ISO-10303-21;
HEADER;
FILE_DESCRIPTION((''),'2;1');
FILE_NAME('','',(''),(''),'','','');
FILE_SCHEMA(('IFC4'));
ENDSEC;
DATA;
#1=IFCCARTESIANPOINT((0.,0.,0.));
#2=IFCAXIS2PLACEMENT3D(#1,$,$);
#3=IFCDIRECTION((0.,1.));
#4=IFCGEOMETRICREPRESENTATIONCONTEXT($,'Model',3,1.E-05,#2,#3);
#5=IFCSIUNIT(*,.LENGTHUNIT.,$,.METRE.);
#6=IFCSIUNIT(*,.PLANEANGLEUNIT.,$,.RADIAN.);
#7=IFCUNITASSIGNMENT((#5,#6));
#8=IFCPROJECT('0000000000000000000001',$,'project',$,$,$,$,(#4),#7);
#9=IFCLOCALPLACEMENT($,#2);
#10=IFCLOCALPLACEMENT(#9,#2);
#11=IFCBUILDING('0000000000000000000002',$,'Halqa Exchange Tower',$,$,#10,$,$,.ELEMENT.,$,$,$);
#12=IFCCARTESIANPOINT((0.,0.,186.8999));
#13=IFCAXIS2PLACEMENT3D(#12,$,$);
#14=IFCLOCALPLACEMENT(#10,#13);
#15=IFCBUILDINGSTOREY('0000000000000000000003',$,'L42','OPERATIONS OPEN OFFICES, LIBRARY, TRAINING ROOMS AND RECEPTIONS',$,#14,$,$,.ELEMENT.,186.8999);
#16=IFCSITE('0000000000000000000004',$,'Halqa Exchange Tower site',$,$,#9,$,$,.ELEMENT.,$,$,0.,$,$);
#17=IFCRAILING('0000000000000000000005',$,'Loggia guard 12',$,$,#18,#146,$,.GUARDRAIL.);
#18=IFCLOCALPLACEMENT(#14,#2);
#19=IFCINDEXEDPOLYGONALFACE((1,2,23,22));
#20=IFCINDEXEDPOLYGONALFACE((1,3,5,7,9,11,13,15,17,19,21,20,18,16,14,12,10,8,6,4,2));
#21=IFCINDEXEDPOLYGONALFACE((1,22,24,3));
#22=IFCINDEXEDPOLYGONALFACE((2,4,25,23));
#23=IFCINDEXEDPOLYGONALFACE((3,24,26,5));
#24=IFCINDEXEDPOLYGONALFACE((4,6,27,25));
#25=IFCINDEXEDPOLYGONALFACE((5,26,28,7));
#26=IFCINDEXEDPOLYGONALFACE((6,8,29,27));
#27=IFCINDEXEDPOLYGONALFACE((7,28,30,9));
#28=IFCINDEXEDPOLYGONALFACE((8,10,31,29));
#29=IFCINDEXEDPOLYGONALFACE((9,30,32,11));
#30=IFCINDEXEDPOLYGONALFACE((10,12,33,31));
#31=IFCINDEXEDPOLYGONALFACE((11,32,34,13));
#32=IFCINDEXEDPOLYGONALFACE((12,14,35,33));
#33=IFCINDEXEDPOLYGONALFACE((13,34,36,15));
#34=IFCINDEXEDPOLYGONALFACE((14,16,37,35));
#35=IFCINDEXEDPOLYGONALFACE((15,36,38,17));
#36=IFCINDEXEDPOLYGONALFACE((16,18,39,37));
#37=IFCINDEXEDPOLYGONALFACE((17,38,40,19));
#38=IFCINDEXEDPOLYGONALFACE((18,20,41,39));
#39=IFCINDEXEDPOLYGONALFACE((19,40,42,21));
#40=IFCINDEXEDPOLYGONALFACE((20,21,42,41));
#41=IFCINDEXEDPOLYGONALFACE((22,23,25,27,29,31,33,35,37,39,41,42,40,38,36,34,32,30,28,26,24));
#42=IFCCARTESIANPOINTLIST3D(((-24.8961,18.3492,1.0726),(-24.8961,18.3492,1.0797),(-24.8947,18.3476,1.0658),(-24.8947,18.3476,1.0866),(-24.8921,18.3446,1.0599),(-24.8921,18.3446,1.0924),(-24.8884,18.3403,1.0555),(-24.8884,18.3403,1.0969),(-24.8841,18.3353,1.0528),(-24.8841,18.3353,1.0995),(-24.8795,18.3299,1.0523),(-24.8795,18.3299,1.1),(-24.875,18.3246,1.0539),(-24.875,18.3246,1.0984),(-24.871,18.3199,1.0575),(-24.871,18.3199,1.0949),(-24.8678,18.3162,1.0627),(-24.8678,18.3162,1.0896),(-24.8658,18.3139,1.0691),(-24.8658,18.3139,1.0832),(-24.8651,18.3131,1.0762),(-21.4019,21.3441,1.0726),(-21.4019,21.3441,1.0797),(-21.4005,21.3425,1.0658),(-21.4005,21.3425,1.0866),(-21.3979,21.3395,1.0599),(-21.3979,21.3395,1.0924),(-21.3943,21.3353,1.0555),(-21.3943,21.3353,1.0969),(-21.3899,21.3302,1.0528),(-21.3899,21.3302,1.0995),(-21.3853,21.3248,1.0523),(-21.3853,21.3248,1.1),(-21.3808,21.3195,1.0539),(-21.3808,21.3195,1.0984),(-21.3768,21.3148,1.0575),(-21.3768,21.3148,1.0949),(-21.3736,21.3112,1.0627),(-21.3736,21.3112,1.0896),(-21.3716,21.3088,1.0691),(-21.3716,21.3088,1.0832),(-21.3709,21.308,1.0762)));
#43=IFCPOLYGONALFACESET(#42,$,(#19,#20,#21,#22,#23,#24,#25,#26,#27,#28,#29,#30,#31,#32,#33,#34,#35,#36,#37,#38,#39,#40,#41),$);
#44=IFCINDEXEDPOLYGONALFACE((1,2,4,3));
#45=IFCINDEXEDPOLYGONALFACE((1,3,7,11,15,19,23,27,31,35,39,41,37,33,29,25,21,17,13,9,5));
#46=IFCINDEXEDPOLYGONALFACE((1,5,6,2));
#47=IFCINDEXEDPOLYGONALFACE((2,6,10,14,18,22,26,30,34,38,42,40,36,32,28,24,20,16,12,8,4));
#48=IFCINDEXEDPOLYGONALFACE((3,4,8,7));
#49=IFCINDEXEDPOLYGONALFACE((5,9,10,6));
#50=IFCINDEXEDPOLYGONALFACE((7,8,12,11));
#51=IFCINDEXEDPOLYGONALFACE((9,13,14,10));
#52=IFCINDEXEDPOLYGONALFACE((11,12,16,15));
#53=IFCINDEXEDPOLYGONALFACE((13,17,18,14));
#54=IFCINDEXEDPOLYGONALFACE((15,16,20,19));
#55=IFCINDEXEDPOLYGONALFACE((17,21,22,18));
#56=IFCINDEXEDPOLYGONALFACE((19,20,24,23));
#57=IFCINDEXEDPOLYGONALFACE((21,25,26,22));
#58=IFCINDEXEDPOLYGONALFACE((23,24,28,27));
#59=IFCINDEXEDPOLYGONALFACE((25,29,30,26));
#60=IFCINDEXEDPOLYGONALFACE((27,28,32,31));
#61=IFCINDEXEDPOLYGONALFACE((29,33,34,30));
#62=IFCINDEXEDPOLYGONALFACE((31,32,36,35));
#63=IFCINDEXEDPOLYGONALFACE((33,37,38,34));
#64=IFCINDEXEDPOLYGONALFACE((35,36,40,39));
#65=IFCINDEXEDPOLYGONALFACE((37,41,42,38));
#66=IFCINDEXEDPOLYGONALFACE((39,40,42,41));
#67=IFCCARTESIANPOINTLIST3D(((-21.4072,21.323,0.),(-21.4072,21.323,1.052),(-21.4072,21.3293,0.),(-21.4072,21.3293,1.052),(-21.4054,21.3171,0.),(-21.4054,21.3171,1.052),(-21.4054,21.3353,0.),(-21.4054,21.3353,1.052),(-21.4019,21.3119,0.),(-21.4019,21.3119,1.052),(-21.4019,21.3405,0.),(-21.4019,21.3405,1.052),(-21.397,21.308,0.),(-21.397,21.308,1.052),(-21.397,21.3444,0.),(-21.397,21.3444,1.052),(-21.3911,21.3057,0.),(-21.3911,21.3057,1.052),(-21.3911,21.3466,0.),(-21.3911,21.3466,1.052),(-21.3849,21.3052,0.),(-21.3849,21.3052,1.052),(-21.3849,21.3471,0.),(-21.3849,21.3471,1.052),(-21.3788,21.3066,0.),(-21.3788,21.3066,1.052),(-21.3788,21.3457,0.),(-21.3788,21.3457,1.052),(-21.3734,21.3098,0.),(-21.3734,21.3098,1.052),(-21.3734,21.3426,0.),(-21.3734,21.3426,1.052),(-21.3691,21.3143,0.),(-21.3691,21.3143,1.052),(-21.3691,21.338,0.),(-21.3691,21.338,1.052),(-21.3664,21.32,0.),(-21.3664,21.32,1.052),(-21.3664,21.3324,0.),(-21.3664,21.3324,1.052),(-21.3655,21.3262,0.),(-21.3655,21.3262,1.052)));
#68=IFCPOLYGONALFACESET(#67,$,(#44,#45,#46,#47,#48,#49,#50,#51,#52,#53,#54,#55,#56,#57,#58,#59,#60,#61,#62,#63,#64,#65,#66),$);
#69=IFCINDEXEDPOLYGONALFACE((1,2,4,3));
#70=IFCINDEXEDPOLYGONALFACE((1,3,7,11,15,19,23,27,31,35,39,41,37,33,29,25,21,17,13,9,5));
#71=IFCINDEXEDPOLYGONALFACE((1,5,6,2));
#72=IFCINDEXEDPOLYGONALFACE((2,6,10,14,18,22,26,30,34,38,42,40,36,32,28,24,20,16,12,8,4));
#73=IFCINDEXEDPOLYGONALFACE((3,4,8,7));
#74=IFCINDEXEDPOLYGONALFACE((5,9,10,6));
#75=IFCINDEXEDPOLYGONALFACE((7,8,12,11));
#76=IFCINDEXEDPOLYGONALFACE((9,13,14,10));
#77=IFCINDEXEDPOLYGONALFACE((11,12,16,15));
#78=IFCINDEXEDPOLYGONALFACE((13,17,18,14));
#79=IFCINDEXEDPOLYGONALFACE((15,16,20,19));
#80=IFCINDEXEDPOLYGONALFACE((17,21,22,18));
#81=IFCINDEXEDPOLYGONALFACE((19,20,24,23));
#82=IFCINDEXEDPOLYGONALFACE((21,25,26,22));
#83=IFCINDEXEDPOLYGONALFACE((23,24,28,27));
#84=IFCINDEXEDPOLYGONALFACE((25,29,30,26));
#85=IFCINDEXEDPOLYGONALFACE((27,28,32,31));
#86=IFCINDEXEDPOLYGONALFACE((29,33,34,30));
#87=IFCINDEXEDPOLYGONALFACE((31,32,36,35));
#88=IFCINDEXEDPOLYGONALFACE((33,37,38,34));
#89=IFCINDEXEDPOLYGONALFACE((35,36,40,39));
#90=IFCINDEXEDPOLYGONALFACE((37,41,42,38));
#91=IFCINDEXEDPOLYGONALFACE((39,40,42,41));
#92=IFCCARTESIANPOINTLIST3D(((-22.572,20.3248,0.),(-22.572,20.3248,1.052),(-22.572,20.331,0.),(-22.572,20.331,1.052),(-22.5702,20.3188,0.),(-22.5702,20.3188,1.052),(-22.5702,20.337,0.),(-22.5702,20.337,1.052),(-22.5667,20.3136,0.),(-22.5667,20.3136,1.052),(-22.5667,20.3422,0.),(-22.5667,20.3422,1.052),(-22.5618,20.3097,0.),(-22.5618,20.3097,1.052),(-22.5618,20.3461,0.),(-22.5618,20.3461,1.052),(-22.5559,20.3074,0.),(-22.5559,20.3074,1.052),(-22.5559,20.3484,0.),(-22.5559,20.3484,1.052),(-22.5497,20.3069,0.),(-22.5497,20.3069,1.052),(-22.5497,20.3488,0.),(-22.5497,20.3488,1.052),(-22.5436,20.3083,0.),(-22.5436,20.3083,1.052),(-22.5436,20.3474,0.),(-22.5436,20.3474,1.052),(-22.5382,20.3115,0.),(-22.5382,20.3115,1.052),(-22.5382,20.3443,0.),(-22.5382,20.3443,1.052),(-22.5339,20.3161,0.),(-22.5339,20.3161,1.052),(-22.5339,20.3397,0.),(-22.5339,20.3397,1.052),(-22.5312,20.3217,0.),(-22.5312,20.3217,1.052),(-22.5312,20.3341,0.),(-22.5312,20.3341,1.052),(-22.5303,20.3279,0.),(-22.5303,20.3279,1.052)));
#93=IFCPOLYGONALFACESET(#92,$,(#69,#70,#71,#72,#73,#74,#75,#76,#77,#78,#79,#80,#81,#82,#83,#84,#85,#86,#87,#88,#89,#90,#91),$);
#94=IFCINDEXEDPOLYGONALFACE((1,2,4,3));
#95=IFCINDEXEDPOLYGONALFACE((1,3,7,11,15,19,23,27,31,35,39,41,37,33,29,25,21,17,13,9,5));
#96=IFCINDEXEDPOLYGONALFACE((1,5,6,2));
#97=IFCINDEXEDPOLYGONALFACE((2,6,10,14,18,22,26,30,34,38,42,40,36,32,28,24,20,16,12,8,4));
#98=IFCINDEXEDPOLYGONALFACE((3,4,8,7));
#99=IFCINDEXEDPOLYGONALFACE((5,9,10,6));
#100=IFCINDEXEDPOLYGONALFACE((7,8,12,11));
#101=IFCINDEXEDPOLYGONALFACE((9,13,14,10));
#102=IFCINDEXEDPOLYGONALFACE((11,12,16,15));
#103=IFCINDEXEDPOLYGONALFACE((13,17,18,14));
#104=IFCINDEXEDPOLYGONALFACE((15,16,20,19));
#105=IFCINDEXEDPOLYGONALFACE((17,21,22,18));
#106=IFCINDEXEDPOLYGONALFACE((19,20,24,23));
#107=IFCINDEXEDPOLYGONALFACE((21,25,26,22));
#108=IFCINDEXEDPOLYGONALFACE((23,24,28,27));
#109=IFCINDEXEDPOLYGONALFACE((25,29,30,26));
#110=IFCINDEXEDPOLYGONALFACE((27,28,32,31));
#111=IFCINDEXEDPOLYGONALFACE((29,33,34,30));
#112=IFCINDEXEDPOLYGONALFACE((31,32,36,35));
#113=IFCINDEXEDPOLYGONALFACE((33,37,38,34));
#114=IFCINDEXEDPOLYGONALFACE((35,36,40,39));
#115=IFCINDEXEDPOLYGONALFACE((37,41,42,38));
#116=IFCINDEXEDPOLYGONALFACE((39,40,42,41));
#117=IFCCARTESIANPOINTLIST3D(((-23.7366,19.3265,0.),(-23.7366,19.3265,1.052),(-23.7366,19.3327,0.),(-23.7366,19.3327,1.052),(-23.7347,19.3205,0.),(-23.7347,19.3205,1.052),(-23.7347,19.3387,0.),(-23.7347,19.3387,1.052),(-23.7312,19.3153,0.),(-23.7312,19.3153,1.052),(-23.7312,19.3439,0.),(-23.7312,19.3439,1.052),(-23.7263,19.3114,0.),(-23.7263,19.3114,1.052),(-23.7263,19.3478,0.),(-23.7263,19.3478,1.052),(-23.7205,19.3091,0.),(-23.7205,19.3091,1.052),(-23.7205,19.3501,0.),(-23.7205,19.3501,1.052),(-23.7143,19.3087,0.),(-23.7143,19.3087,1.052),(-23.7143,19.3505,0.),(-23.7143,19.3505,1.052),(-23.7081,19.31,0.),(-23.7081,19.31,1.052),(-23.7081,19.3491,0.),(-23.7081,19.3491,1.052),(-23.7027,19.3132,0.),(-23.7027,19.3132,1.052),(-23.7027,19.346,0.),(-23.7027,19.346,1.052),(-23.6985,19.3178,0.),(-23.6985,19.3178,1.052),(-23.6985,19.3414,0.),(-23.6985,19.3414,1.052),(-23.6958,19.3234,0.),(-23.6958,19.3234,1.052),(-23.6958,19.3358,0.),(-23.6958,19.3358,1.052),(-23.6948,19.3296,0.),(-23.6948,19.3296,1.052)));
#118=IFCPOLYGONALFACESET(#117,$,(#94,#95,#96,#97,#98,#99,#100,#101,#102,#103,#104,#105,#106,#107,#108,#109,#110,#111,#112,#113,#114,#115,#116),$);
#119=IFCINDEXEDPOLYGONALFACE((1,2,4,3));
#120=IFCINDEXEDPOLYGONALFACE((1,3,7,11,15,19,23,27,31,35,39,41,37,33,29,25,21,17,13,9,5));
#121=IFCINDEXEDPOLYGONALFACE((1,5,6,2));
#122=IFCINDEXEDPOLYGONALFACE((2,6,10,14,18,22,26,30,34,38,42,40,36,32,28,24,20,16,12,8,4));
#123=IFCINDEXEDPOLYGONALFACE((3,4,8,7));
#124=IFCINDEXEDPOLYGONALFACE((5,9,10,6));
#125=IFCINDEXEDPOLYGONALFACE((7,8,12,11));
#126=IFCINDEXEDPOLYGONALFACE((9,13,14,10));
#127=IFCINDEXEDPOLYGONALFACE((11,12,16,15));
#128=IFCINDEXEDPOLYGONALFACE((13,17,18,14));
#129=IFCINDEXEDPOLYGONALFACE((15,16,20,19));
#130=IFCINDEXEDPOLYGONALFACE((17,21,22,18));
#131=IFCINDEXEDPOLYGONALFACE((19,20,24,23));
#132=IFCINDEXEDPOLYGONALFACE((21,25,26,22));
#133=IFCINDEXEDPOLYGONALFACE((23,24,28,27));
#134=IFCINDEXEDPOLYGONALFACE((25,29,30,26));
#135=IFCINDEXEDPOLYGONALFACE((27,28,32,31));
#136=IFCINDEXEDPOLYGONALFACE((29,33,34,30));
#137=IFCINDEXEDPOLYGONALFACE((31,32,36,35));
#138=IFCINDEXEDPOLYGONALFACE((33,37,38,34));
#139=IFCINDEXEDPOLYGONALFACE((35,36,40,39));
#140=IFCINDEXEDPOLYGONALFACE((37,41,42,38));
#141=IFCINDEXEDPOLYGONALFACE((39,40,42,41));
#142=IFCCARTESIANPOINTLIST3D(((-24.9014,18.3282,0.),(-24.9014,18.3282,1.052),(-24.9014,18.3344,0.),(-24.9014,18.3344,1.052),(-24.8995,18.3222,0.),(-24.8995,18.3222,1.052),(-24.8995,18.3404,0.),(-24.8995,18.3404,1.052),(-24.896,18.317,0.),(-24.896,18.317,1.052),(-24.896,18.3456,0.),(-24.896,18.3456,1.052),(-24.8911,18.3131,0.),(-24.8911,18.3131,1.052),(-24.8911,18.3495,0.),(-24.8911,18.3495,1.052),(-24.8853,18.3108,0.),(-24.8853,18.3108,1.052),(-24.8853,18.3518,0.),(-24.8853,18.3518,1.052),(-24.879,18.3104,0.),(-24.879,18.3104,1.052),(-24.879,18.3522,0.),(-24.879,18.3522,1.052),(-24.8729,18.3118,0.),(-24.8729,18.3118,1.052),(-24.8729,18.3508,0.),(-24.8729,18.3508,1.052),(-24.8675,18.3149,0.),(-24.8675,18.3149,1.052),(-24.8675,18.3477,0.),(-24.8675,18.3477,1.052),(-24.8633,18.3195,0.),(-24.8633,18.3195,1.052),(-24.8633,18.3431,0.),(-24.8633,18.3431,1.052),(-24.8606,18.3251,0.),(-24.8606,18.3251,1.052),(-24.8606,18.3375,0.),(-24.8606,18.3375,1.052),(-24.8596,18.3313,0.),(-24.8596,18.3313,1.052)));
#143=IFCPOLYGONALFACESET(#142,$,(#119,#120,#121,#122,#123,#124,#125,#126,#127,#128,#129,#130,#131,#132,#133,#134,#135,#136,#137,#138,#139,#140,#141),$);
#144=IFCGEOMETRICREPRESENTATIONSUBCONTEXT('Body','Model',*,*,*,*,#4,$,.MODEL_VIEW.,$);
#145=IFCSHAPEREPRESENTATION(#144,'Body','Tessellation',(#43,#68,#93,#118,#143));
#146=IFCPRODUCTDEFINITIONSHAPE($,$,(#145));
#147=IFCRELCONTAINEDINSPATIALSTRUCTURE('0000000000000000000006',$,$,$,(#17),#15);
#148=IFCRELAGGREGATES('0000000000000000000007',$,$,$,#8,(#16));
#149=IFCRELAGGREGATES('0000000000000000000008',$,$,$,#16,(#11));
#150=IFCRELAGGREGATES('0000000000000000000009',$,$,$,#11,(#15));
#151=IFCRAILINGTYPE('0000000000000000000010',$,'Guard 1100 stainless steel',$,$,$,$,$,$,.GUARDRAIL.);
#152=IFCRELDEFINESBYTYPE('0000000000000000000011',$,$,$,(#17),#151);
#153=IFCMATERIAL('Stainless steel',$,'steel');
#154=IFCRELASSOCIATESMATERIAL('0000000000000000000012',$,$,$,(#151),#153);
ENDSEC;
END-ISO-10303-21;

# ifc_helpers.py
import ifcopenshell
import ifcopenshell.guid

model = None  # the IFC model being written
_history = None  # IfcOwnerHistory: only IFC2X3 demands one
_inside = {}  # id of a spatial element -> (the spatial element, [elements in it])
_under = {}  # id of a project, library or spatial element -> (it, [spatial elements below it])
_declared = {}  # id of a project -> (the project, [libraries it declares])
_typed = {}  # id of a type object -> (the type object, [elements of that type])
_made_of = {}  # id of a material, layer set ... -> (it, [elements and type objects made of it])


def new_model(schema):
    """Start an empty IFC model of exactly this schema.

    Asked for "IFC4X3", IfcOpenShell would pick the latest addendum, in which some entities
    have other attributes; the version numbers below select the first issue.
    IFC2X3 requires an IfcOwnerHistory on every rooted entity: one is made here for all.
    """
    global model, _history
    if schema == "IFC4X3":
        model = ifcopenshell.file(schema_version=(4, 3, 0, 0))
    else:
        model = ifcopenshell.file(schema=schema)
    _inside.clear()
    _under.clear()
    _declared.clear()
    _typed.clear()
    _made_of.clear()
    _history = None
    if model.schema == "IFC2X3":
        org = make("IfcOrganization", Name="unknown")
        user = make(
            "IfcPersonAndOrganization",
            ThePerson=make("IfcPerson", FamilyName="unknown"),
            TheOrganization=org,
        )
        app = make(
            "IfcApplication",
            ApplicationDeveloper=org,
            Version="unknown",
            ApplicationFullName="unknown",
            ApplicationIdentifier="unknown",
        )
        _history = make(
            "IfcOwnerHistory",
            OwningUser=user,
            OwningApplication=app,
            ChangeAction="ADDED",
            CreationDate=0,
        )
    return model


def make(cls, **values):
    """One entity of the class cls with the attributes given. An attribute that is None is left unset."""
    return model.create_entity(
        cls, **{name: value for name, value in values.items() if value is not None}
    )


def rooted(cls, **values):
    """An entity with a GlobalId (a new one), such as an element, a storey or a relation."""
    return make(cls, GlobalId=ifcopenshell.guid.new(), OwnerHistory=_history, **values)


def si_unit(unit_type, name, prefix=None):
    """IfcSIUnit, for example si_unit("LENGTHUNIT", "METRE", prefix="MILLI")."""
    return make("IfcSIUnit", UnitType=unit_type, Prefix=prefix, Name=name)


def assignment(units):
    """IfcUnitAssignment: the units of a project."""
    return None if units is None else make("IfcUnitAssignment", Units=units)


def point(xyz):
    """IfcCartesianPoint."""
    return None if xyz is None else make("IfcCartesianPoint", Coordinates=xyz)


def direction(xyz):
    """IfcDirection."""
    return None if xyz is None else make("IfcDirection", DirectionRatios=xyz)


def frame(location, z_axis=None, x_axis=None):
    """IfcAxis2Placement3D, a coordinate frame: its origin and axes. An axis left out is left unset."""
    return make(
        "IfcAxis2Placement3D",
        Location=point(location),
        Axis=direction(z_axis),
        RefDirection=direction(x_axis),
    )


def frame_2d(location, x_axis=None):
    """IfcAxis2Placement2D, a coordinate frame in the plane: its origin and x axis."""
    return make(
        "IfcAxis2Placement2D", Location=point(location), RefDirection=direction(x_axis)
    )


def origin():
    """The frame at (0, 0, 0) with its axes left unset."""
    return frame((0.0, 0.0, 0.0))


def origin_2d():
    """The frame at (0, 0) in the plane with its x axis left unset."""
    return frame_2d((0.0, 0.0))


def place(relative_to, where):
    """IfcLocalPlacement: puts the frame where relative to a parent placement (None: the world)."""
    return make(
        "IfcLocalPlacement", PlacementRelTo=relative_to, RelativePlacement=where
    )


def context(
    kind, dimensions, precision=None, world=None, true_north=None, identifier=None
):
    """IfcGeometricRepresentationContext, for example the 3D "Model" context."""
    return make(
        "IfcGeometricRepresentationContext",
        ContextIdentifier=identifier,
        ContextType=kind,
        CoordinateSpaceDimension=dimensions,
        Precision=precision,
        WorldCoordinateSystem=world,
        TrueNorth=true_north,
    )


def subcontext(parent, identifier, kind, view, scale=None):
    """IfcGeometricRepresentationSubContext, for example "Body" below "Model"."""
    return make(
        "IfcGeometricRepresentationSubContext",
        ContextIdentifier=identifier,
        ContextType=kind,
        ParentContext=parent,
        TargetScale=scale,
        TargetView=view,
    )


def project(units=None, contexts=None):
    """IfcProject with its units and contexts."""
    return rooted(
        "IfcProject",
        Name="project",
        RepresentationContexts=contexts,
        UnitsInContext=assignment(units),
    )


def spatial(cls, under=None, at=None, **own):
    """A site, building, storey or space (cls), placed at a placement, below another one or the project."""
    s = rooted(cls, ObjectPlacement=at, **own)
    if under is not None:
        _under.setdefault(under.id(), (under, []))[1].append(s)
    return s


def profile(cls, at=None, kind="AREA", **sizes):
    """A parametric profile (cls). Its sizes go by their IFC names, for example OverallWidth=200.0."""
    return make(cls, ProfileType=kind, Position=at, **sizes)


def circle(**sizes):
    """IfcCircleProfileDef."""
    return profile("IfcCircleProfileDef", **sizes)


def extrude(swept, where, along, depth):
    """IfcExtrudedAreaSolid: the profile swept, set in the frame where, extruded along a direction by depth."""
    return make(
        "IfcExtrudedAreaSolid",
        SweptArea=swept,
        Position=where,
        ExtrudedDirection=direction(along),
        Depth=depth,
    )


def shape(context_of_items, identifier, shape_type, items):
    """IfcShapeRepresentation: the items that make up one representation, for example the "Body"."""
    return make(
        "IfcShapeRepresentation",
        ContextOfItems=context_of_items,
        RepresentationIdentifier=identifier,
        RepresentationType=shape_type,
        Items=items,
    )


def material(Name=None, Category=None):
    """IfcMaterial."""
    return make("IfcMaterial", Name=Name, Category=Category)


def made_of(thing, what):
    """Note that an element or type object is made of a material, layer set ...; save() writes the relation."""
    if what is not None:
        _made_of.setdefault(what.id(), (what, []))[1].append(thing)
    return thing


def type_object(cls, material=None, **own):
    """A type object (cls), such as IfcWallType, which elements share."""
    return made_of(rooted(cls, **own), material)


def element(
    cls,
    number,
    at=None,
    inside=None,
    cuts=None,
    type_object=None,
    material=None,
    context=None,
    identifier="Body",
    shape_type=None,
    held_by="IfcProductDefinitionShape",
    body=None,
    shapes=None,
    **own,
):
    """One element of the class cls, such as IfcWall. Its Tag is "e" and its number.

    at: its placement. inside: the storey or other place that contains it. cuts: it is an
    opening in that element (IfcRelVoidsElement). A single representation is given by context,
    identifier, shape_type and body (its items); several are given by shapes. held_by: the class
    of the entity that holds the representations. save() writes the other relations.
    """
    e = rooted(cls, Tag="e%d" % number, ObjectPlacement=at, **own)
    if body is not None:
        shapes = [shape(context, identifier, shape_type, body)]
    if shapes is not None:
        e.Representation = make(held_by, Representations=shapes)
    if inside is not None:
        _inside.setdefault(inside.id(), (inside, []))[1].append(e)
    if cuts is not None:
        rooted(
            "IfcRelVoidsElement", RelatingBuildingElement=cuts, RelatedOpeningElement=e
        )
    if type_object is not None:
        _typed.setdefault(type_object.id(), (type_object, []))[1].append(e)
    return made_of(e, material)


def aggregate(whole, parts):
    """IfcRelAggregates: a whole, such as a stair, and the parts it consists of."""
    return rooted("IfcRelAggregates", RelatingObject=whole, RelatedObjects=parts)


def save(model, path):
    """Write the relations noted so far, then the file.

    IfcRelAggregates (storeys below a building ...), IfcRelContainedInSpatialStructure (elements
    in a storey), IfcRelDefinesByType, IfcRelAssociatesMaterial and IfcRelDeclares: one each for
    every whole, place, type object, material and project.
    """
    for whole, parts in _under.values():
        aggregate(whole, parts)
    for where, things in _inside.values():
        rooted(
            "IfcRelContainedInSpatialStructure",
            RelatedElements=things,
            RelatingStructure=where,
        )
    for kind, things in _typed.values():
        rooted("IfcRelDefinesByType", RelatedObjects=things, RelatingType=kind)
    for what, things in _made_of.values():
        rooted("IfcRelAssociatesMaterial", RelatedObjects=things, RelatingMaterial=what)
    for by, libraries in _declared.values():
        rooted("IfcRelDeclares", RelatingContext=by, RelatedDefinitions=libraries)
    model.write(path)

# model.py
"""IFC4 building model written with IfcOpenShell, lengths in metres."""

from ifc_helpers import new_model, si_unit, direction, frame, origin, origin_2d, place, context, subcontext, project, spatial, circle, extrude, material, type_object, element, save


model = new_model("IFC4")

# Units and contexts
model_context = context("Model", 3, precision=1e-05, world=origin(), true_north=direction((0.0, 1.0)))
body_context = subcontext(model_context, "Body", "Model", "MODEL_VIEW")
ifc_project = project(units=[si_unit("LENGTHUNIT", "METRE"), si_unit("PLANEANGLEUNIT", "RADIAN")], contexts=[model_context])

# Site, building, storey
site_placement = place(None, origin())
site = spatial("IfcSite", under=ifc_project, at=site_placement, Name="Halqa Exchange Tower site", CompositionType="ELEMENT", RefElevation=0.0)
building_placement = place(site_placement, origin())
building = spatial("IfcBuilding", under=site, at=building_placement, Name="Halqa Exchange Tower", CompositionType="ELEMENT")
storey_placement = place(building_placement, frame((0.0, 0.0, 186.8999)))
storey = spatial("IfcBuildingStorey", under=building, at=storey_placement, Name="L42", Description="OPERATIONS OPEN OFFICES, LIBRARY, TRAINING ROOMS AND RECEPTIONS", CompositionType="ELEMENT", Elevation=186.8999)

# Railing
ifc_material_1 = material(Name="Stainless steel", Category="steel")
railing_type = type_object("IfcRailingType", Name="Guard 1100 stainless steel", PredefinedType="GUARDRAIL", material=ifc_material_1)
railing_1_placement = place(storey_placement, frame((-21.3865, 21.3262, 0.0)))
element("IfcRailing", 1, at=railing_1_placement, inside=storey, type_object=railing_type, Name="Loggia guard 12", PredefinedType="GUARDRAIL", context=body_context, shape_type="SweptSolid", body=[
    extrude(circle(Radius=0.0239, at=origin_2d()), frame((0.0, 0.0, 1.0762), z_axis=(-0.759268, -0.650778, 0.0), x_axis=(0.650778, -0.759268, 0.0)), (0.0, 0.0, 1.0), 4.6021),
    extrude(circle(Radius=0.021, at=origin_2d()), origin(), (0.0, 0.0, 1.0), 1.052),
    extrude(circle(Radius=0.021, at=origin_2d()), frame((-1.1648, -0.9983, 0.0)), (0.0, 0.0, 1.0), 1.052),
    extrude(circle(Radius=0.021, at=origin_2d()), frame((-2.3293, -1.9966, 0.0)), (0.0, 0.0, 1.0), 1.052),
    extrude(circle(Radius=0.021, at=origin_2d()), frame((-3.4941, -2.9949, 0.0)), (0.0, 0.0, 1.0), 1.052),
])

save(model, "model.ifc")
